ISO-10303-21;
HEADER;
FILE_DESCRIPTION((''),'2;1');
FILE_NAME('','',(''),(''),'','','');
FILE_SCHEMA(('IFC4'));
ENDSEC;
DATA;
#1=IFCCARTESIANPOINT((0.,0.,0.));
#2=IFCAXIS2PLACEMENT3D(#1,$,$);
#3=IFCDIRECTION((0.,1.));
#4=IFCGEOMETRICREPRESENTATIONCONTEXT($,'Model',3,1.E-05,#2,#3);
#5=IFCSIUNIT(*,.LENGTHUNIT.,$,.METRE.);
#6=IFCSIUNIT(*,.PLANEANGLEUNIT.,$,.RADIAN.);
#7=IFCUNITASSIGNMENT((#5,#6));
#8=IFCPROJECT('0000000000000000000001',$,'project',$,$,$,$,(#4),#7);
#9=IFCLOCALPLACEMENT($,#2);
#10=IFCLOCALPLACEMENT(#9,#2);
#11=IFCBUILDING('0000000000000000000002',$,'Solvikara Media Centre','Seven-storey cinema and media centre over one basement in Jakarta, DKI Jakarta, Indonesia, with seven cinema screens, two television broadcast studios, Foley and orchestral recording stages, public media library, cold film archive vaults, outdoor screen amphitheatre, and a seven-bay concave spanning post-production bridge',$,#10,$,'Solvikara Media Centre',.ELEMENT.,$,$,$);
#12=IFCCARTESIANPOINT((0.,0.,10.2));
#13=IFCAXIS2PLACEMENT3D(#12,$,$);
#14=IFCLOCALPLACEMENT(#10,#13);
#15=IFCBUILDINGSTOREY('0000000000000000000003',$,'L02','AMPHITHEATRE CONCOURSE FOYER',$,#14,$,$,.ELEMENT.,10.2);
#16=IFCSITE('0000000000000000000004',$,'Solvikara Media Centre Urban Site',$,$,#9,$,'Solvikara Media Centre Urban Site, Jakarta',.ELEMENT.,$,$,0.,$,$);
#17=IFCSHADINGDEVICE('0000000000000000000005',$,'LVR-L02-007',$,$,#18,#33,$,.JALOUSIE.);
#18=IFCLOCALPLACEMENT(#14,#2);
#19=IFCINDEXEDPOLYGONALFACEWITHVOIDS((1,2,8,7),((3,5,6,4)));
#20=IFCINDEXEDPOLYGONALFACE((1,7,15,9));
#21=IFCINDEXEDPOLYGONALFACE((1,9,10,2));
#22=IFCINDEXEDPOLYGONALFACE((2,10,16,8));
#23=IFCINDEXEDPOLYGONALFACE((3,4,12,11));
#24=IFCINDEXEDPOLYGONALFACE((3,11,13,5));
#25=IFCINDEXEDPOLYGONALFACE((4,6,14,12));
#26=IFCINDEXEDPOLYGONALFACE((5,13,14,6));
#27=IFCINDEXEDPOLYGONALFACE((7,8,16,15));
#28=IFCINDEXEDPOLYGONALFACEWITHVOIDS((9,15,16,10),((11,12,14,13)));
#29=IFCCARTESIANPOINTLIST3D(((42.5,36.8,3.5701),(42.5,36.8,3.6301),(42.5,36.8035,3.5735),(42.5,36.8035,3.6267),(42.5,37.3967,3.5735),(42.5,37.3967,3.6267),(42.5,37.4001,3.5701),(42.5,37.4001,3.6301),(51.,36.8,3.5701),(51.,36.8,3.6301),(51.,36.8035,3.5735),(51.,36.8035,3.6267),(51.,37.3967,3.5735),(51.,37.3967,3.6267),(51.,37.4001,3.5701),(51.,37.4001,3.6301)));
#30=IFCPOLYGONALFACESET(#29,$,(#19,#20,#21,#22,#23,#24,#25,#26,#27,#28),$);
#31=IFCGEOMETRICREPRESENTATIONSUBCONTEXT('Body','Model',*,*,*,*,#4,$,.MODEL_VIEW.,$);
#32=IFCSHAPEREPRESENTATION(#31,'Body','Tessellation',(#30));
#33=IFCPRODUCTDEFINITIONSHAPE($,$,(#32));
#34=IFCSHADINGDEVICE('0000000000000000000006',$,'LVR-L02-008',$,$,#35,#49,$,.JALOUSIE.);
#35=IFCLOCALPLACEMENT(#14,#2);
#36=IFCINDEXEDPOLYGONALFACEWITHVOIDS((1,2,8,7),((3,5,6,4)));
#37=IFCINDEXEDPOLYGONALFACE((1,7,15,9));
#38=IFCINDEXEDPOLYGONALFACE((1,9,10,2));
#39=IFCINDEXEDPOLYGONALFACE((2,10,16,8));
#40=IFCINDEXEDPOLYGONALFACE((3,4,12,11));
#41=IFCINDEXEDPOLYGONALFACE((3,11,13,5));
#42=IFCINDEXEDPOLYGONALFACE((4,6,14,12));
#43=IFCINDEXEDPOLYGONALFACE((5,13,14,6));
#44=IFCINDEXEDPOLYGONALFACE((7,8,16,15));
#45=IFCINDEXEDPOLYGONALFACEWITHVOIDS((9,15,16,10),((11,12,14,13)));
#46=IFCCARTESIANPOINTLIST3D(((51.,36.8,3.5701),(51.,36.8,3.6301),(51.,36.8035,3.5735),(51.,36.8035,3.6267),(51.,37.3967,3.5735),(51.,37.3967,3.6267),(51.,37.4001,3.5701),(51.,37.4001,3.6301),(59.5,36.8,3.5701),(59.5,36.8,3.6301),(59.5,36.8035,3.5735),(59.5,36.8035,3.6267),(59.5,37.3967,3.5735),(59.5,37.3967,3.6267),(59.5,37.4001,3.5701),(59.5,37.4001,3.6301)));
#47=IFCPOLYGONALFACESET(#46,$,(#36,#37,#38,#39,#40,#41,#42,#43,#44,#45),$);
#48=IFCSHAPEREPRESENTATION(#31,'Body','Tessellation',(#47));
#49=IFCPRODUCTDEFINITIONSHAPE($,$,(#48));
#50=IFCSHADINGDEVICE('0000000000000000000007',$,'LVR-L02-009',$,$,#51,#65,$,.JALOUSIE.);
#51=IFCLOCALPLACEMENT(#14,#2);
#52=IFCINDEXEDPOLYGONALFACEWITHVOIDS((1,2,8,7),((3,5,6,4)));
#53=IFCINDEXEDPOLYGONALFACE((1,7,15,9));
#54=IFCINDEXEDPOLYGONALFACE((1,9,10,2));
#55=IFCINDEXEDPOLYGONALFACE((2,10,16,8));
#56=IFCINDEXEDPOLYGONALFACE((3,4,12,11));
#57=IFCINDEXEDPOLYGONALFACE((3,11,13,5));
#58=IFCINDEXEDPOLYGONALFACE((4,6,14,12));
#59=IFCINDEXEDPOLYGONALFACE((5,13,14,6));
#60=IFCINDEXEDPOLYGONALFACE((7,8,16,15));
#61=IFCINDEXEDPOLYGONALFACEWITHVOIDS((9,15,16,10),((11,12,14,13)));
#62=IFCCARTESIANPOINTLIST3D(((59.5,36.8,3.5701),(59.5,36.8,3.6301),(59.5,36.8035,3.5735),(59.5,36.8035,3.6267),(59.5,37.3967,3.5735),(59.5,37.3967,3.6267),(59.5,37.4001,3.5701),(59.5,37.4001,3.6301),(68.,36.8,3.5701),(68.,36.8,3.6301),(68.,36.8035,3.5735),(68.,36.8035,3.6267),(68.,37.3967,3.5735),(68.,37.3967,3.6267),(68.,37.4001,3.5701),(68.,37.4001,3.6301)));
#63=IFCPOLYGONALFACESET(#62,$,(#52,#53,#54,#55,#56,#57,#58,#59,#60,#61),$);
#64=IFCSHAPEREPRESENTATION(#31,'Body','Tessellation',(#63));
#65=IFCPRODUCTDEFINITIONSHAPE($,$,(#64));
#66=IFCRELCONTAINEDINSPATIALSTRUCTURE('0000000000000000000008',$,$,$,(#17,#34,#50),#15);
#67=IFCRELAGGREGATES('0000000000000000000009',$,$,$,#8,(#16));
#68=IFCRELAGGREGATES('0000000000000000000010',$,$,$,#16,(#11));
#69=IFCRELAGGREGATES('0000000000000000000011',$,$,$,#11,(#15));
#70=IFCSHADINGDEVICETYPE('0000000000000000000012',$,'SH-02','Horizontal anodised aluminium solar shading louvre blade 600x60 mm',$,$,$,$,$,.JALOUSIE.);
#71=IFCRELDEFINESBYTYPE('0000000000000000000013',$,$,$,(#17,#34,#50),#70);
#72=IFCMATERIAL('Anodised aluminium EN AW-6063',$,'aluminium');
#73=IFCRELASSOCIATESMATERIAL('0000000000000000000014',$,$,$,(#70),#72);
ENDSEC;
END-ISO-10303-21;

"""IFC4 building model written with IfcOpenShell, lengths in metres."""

from ifc_helpers import new_model, si_unit, direction, frame, origin, origin_2d, place, context, subcontext, project, spatial, hollow_rectangle, extrude, material, material_profile, profile_set, type_object, element, save


model = new_model("IFC4")

# Units and contexts
model_context = context("Model", 3, precision=1e-05, world=origin(), true_north=direction((0.0, 1.0)))
body_context = subcontext(model_context, "Body", "Model", "MODEL_VIEW")
ifc_project = project(units=[si_unit("LENGTHUNIT", "METRE"), si_unit("PLANEANGLEUNIT", "RADIAN")], contexts=[model_context])

# Site, building, storey
site_placement = place(None, origin())
site = spatial("IfcSite", under=ifc_project, at=site_placement, Name="Solvikara Media Centre Urban Site", LongName="Solvikara Media Centre Urban Site, Jakarta", CompositionType="ELEMENT", RefElevation=0.0)
building_placement = place(site_placement, origin())
building = spatial("IfcBuilding", under=site, at=building_placement, Name="Solvikara Media Centre", Description="Seven-storey cinema and media centre over one basement in Jakarta, DKI Jakarta, Indonesia, with seven cinema screens, two television broadcast studios, Foley and orchestral recording stages, public media library, cold film archive vaults, outdoor screen amphitheatre, and a seven-bay concave spanning post-production bridge", LongName="Solvikara Media Centre", CompositionType="ELEMENT")
storey_placement = place(building_placement, frame((0.0, 0.0, 10.2)))
storey = spatial("IfcBuildingStorey", under=building, at=storey_placement, Name="L02", Description="AMPHITHEATRE CONCOURSE FOYER", CompositionType="ELEMENT", Elevation=10.2)

# Shared definitions
ifc_material_1 = material(Name="Anodised aluminium EN AW-6063", Category="aluminium")

# Shading devices
ifc_material_profile_1 = material_profile(ifc_material_1, hollow_rectangle(XDim=0.6001, YDim=0.0601, WallThickness=0.0034, at=origin_2d()), Name="ALU-LOUVRE 60x600x3.5")
ifc_profile_set_1 = profile_set([ifc_material_profile_1], Name="Anodised aluminium EN AW-6063")
shading_device_type = type_object("IfcShadingDeviceType", Name="SH-02", Description="Horizontal anodised aluminium solar shading louvre blade 600x60 mm", PredefinedType="JALOUSIE", material=ifc_profile_set_1)
for number, where, z_axis, x_axis, name in (
    (1, (42.5, 37.1001, 3.6001), (1.0, 0.0, 0.0), (0.0, 1.0, 0.0), "LVR-L02-007"),
    (2, (51.0, 37.1001, 3.6001), (1.0, 0.0, 0.0), (0.0, 1.0, 0.0), "LVR-L02-008"),
    (3, (59.5, 37.1001, 3.6001), (1.0, 0.0, 0.0), (0.0, 1.0, 0.0), "LVR-L02-009"),
):
    element("IfcShadingDevice", number, at=place(storey_placement, frame(where, z_axis=z_axis, x_axis=x_axis)), inside=storey, type_object=shading_device_type, Name=name, PredefinedType="JALOUSIE", context=body_context, shape_type="SweptSolid", body=[
        extrude(hollow_rectangle(XDim=0.6001, YDim=0.0601, WallThickness=0.0034, at=origin_2d()), origin(), (0.0, 0.0, 1.0), 8.5),
    ])

save(model, "model.ifc")
